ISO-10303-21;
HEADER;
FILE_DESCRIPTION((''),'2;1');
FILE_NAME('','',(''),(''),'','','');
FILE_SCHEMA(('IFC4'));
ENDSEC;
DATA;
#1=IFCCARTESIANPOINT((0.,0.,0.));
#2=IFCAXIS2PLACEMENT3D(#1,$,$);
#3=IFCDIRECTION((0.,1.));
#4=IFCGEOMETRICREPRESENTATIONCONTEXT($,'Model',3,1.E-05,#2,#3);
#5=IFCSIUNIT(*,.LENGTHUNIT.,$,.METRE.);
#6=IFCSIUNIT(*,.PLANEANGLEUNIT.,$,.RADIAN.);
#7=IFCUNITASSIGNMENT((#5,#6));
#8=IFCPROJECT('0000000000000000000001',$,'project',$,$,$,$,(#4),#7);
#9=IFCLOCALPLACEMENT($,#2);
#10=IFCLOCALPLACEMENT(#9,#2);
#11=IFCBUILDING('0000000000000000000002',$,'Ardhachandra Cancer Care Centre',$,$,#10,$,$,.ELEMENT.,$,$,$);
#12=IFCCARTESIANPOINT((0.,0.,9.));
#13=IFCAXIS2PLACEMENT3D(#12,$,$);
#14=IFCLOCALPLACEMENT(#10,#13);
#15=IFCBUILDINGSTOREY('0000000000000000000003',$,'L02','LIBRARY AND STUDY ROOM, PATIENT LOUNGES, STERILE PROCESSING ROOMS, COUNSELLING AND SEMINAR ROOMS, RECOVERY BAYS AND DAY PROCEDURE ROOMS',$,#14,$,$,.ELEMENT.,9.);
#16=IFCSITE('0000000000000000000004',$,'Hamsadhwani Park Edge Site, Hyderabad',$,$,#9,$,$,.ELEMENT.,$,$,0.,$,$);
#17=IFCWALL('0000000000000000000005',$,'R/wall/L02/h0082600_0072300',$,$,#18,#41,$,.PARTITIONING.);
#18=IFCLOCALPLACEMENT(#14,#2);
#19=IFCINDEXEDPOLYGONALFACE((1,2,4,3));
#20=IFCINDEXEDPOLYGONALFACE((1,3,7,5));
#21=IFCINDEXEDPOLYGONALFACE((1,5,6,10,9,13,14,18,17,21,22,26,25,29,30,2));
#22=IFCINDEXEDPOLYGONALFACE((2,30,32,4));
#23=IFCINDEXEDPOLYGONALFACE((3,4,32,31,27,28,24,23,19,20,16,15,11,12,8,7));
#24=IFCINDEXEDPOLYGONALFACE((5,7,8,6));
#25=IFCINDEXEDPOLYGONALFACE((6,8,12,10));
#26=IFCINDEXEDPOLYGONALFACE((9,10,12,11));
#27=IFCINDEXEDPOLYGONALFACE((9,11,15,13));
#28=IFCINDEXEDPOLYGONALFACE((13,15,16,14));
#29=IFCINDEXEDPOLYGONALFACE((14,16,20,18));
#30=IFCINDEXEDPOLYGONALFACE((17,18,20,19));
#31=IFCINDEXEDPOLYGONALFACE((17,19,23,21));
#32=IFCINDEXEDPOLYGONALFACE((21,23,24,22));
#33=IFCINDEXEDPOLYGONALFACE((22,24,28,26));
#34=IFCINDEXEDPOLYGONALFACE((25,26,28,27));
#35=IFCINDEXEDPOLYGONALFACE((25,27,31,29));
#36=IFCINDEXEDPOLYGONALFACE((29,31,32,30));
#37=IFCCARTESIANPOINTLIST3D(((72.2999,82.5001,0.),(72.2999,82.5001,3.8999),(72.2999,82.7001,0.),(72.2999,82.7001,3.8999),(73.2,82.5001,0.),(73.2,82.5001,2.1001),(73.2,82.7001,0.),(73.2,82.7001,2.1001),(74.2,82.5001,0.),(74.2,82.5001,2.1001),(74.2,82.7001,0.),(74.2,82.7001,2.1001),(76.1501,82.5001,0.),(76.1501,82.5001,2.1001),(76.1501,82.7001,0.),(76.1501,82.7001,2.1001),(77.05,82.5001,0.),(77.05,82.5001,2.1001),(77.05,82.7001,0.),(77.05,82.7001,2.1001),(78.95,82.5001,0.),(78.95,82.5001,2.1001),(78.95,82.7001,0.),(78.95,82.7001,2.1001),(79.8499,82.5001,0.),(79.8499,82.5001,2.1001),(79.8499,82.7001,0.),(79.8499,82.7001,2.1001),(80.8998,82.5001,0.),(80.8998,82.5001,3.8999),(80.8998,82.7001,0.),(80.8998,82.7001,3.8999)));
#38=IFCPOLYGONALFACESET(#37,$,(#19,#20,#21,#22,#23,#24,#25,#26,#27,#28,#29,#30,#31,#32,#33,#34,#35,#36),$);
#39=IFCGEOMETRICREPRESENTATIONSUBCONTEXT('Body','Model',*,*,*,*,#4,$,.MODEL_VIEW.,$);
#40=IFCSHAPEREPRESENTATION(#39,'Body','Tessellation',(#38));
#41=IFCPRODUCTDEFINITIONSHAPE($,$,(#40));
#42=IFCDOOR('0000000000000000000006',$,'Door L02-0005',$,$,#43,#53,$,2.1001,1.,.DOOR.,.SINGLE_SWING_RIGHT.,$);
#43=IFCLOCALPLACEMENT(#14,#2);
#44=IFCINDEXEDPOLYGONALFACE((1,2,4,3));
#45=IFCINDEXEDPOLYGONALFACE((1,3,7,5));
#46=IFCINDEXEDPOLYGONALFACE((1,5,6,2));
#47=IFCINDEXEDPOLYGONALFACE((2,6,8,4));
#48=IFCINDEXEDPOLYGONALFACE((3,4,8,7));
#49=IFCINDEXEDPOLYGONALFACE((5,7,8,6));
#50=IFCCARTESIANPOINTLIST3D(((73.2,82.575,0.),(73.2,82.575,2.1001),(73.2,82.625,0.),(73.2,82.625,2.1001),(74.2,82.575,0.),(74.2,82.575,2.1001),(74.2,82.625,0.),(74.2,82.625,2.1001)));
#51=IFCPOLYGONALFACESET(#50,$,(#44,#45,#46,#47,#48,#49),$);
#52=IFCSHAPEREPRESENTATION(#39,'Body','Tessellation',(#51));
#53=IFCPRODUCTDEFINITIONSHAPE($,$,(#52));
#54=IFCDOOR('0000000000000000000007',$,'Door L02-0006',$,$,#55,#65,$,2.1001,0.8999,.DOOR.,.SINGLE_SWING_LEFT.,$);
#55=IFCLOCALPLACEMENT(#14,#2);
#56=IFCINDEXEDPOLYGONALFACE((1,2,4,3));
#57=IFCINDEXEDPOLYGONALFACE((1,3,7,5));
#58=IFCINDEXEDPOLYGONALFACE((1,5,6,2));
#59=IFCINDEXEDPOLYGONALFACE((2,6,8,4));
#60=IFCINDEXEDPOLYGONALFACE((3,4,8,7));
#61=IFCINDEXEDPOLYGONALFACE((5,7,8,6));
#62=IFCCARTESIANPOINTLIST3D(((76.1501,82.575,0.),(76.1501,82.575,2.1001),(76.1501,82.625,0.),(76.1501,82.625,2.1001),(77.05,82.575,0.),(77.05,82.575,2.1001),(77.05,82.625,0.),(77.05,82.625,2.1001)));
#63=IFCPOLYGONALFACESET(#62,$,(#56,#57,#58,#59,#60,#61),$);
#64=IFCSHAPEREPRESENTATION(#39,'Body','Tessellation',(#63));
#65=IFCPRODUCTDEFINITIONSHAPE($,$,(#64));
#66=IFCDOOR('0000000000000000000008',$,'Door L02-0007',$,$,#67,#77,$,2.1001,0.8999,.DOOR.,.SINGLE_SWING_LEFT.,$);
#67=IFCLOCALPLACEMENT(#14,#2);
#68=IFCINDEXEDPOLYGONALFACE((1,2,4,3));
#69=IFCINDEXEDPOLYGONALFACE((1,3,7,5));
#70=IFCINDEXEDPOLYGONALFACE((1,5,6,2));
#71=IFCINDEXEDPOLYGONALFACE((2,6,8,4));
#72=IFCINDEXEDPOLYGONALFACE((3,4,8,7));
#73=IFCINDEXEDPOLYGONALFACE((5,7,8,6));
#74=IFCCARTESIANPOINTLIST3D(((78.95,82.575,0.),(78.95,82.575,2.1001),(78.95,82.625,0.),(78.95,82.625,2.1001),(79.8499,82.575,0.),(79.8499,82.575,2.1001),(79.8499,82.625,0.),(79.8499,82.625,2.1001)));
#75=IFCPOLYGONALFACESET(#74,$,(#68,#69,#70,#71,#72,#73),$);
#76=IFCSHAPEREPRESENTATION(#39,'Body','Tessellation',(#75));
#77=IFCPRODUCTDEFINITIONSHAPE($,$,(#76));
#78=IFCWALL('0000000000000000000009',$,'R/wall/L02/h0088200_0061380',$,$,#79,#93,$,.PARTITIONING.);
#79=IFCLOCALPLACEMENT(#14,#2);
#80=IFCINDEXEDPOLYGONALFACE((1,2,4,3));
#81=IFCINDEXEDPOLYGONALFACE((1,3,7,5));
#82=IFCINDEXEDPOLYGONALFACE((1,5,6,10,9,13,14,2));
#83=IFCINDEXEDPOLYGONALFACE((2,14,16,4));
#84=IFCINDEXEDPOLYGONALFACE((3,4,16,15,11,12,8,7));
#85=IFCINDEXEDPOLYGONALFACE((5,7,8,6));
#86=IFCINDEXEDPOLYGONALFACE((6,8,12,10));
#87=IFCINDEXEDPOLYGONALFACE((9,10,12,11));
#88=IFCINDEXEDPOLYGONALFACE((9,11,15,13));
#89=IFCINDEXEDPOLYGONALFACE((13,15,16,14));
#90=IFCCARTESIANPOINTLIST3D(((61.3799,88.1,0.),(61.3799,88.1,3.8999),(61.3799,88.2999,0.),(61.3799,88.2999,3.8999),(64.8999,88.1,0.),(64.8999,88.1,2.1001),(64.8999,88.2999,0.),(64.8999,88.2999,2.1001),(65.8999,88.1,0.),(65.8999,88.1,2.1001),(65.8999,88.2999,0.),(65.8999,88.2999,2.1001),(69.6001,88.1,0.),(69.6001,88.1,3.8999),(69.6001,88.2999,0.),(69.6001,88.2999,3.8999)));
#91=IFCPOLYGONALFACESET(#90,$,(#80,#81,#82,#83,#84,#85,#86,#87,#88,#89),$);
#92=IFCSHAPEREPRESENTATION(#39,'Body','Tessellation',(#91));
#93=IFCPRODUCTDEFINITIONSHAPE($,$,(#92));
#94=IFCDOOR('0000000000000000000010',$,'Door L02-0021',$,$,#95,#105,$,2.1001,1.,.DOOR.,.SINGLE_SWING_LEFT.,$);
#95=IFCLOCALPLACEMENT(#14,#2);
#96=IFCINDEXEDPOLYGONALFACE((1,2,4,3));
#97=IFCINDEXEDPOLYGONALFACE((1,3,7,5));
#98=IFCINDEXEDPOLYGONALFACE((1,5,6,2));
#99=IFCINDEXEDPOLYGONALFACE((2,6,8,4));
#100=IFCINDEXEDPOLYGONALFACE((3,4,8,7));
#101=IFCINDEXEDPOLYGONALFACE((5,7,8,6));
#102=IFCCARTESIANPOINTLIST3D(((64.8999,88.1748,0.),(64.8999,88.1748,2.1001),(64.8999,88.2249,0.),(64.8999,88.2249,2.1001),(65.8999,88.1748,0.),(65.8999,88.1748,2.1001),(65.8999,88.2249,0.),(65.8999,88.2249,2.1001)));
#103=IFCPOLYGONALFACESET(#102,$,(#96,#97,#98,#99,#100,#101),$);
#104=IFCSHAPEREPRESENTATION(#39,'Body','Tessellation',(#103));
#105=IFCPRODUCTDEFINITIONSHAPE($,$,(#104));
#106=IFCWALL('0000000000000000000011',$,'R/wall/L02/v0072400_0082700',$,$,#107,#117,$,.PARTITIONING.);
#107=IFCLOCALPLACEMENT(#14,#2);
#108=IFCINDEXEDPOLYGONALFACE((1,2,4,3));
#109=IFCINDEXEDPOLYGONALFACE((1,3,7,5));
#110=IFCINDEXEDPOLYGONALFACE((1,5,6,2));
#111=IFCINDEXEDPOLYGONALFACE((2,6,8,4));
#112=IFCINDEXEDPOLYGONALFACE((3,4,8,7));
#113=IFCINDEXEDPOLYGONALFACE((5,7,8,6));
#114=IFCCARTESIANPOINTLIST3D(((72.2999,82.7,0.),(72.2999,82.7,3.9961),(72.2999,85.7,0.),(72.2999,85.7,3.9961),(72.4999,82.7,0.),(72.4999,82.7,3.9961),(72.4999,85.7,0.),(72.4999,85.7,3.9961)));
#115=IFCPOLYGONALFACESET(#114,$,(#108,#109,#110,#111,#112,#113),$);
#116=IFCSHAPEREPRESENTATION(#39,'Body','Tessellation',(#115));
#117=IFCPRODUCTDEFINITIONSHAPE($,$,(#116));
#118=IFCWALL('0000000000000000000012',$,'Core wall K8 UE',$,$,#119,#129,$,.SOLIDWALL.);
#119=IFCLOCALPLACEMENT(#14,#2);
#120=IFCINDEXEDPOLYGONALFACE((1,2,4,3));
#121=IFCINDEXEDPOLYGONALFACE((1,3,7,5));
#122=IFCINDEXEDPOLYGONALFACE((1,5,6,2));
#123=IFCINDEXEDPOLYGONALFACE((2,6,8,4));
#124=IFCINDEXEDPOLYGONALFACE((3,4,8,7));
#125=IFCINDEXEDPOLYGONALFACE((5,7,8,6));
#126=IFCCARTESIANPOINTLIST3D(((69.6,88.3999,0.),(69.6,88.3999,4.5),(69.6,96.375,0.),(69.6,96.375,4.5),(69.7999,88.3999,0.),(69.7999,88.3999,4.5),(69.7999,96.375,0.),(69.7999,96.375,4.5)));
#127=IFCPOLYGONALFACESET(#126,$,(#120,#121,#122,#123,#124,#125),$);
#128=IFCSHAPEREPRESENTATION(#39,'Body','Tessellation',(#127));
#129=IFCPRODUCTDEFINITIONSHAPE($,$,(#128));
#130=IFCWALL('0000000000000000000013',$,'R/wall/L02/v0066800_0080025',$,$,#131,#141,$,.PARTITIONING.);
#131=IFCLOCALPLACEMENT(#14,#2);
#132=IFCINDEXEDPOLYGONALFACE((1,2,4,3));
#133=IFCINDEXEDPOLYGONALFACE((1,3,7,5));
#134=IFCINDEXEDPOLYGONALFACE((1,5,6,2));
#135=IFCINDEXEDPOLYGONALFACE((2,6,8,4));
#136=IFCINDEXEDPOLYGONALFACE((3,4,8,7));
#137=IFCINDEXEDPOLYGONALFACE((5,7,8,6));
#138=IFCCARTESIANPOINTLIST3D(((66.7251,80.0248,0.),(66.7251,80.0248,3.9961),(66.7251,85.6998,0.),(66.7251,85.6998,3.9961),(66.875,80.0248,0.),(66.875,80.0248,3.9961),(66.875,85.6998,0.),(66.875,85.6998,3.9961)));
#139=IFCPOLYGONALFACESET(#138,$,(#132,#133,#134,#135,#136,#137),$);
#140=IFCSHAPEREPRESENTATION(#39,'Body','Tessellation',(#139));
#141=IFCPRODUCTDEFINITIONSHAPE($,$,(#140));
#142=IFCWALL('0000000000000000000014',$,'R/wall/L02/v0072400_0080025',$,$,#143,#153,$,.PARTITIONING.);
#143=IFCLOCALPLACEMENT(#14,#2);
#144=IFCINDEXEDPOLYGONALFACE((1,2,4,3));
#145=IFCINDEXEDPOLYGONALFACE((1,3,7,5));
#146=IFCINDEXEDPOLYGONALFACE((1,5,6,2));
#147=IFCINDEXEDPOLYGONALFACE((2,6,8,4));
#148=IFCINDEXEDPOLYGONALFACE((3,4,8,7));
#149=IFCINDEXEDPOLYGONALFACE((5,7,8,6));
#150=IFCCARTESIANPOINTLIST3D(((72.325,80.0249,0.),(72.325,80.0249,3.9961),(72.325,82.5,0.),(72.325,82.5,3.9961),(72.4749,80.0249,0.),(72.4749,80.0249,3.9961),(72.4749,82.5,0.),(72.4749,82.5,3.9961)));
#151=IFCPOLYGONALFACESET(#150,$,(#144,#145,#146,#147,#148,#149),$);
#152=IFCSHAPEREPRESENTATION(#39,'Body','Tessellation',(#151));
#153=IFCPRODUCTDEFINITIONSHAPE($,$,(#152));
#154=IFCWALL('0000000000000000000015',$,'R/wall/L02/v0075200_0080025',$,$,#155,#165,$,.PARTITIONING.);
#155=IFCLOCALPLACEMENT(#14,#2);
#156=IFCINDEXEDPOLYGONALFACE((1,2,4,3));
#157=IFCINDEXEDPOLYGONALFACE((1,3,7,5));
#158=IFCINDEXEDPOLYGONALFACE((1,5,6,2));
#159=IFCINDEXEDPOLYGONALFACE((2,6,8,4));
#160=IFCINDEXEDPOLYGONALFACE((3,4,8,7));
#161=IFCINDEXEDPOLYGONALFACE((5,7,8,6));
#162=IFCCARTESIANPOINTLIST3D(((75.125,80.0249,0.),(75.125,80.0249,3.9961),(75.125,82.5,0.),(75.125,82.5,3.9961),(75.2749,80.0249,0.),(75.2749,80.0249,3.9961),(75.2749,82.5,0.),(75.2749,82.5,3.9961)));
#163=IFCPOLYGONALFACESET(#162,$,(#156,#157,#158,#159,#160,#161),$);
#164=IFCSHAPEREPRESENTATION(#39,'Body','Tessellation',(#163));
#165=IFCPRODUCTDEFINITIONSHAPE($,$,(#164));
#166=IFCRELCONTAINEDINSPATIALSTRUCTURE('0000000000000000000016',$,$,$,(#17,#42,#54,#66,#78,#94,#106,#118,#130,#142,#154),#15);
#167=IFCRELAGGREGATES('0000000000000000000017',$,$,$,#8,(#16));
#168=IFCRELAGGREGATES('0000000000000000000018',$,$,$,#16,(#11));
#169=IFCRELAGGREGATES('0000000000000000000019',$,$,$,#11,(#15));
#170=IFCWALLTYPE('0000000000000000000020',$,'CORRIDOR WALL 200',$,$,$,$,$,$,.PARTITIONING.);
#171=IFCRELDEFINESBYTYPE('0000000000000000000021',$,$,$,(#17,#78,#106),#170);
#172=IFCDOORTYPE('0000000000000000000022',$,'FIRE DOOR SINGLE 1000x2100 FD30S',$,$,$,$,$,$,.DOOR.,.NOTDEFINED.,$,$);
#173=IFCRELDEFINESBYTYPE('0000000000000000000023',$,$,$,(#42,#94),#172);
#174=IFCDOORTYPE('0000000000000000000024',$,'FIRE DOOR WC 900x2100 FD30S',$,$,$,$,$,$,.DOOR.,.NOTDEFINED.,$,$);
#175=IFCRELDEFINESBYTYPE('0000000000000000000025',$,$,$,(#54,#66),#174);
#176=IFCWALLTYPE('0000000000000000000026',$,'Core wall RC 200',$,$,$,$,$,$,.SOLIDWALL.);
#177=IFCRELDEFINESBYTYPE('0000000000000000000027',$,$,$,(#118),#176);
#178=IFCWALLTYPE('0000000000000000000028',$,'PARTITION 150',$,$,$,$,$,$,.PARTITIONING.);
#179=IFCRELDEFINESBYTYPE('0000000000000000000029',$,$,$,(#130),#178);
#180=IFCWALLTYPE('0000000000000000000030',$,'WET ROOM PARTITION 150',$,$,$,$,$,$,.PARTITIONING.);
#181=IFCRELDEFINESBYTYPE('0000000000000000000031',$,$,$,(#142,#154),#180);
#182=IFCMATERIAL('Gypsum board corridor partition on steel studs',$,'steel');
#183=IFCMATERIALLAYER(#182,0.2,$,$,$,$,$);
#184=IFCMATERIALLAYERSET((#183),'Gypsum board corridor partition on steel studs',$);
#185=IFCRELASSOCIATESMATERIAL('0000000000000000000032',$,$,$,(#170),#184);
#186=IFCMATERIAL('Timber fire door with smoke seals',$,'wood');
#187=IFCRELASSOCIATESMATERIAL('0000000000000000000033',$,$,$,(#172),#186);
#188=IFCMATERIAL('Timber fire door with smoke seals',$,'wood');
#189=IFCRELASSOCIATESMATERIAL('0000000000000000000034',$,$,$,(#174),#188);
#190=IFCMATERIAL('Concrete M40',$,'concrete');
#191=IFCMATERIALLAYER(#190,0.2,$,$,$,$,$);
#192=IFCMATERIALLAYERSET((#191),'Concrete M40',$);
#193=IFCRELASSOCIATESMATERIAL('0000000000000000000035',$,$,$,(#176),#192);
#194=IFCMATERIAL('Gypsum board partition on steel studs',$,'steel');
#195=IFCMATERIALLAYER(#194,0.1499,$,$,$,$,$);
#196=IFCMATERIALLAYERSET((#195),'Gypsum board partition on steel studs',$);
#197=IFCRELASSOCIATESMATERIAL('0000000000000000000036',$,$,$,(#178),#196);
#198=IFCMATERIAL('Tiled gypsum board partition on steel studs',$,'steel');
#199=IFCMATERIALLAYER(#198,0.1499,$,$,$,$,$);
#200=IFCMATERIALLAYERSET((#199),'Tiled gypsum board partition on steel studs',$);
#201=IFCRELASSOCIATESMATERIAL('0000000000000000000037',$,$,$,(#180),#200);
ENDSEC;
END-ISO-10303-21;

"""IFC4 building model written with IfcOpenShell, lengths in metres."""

from ifc_helpers import new_model, si_unit, direction, frame, frame_2d, origin, place, context, subcontext, project, spatial, rectangle, extrude, material, layer, layer_set, type_object, element, fill, save


model = new_model("IFC4")

# Units and contexts
model_context = context("Model", 3, precision=1e-05, world=origin(), true_north=direction((0.0, 1.0)))
body_context = subcontext(model_context, "Body", "Model", "MODEL_VIEW")
ifc_project = project(units=[si_unit("LENGTHUNIT", "METRE"), si_unit("PLANEANGLEUNIT", "RADIAN")], contexts=[model_context])

# Site, building, storey
site_placement = place(None, origin())
site = spatial("IfcSite", under=ifc_project, at=site_placement, Name="Hamsadhwani Park Edge Site, Hyderabad", CompositionType="ELEMENT", RefElevation=0.0)
building_placement = place(site_placement, origin())
building = spatial("IfcBuilding", under=site, at=building_placement, Name="Ardhachandra Cancer Care Centre", CompositionType="ELEMENT")
storey_placement = place(building_placement, frame((0.0, 0.0, 9.0)))
storey = spatial("IfcBuildingStorey", under=building, at=storey_placement, Name="L02", Description="LIBRARY AND STUDY ROOM, PATIENT LOUNGES, STERILE PROCESSING ROOMS, COUNSELLING AND SEMINAR ROOMS, RECOVERY BAYS AND DAY PROCEDURE ROOMS", CompositionType="ELEMENT", Elevation=9.0)

# Wall, openings, doors
ifc_material_1 = material(Name="Gypsum board corridor partition on steel studs", Category="steel")
ifc_layer_1 = layer(ifc_material_1, 0.2)
ifc_layer_set_1 = layer_set([ifc_layer_1], Name="Gypsum board corridor partition on steel studs")
wall_type_1 = type_object("IfcWallType", Name="CORRIDOR WALL 200", PredefinedType="PARTITIONING", material=ifc_layer_set_1)
wall_1_placement = place(storey_placement, frame((72.3, 82.6001, 0.0), z_axis=(0.0, 0.0, 1.0), x_axis=(1.0, 0.0, 0.0)))
wall_1 = element("IfcWall", 1, at=wall_1_placement, inside=storey, type_object=wall_type_1, Name="R/wall/L02/h0082600_0072300", PredefinedType="PARTITIONING", context=body_context, shape_type="SweptSolid", body=[
    extrude(rectangle(XDim=8.5999, YDim=0.2, at=frame_2d((4.2998, 0.0))), origin(), (0.0, 0.0, 1.0), 3.8999),
])
opening_1_placement = place(wall_1_placement, frame((0.8999, 0.0, 0.0)))
opening_1 = element("IfcOpeningElement", 2, at=opening_1_placement, cuts=wall_1, PredefinedType="OPENING", context=body_context, shape_type="SweptSolid", body=[
    extrude(rectangle(XDim=1.0, YDim=2.1001, at=frame_2d((0.5, 1.05))), frame((0.0, 0.1099, 0.0), z_axis=(0.0, -1.0, 0.0), x_axis=(1.0, 0.0, 0.0)), (0.0, 0.0, 1.0), 0.22),
])
opening_2_placement = place(wall_1_placement, frame((3.8501, 0.0, 0.0)))
opening_2 = element("IfcOpeningElement", 3, at=opening_2_placement, cuts=wall_1, PredefinedType="OPENING", context=body_context, shape_type="SweptSolid", body=[
    extrude(rectangle(XDim=0.8999, YDim=2.1001, at=frame_2d((0.45, 1.05))), frame((0.0, 0.1099, 0.0), z_axis=(0.0, -1.0, 0.0), x_axis=(1.0, 0.0, 0.0)), (0.0, 0.0, 1.0), 0.22),
])
opening_3_placement = place(wall_1_placement, frame((6.6499, 0.0, 0.0)))
opening_3 = element("IfcOpeningElement", 4, at=opening_3_placement, cuts=wall_1, PredefinedType="OPENING", context=body_context, shape_type="SweptSolid", body=[
    extrude(rectangle(XDim=0.8999, YDim=2.1001, at=frame_2d((0.45, 1.05))), frame((0.0, 0.1099, 0.0), z_axis=(0.0, -1.0, 0.0), x_axis=(1.0, 0.0, 0.0)), (0.0, 0.0, 1.0), 0.22),
])
ifc_material_2 = material(Name="Timber fire door with smoke seals", Category="wood")
door_type_1 = type_object("IfcDoorType", Name="FIRE DOOR SINGLE 1000x2100 FD30S", OperationType="NOTDEFINED", PredefinedType="DOOR", material=ifc_material_2)
door_1_placement = place(opening_1_placement, origin())
door_1 = element("IfcDoor", 5, at=door_1_placement, inside=storey, type_object=door_type_1, Name="Door L02-0005", OperationType="SINGLE_SWING_RIGHT", OverallHeight=2.1001, OverallWidth=1.0, PredefinedType="DOOR", context=body_context, shape_type="SweptSolid", body=[
    extrude(rectangle(XDim=1.0, YDim=2.1001, at=frame_2d((0.5, 1.05))), frame((0.0, 0.0249, 0.0), z_axis=(0.0, -1.0, 0.0), x_axis=(1.0, 0.0, 0.0)), (0.0, 0.0, 1.0), 0.05),
])
fill(opening_1, door_1)
ifc_material_3 = material(Name="Timber fire door with smoke seals", Category="wood")
door_type_2 = type_object("IfcDoorType", Name="FIRE DOOR WC 900x2100 FD30S", OperationType="NOTDEFINED", PredefinedType="DOOR", material=ifc_material_3)
door_2_placement = place(opening_2_placement, origin())
door_2 = element("IfcDoor", 6, at=door_2_placement, inside=storey, type_object=door_type_2, Name="Door L02-0006", OperationType="SINGLE_SWING_LEFT", OverallHeight=2.1001, OverallWidth=0.8999, PredefinedType="DOOR", context=body_context, shape_type="SweptSolid", body=[
    extrude(rectangle(XDim=0.8999, YDim=2.1001, at=frame_2d((0.45, 1.05))), frame((0.0, 0.0249, 0.0), z_axis=(0.0, -1.0, 0.0), x_axis=(1.0, 0.0, 0.0)), (0.0, 0.0, 1.0), 0.05),
])
fill(opening_2, door_2)
door_3_placement = place(opening_3_placement, origin())
door_3 = element("IfcDoor", 7, at=door_3_placement, inside=storey, type_object=door_type_2, Name="Door L02-0007", OperationType="SINGLE_SWING_LEFT", OverallHeight=2.1001, OverallWidth=0.8999, PredefinedType="DOOR", context=body_context, shape_type="SweptSolid", body=[
    extrude(rectangle(XDim=0.8999, YDim=2.1001, at=frame_2d((0.45, 1.05))), frame((0.0, 0.0249, 0.0), z_axis=(0.0, -1.0, 0.0), x_axis=(1.0, 0.0, 0.0)), (0.0, 0.0, 1.0), 0.05),
])
fill(opening_3, door_3)

# Wall, opening, door
wall_2_placement = place(storey_placement, frame((61.3799, 88.2, 0.0), z_axis=(0.0, 0.0, 1.0), x_axis=(1.0, 0.0, 0.0)))
wall_2 = element("IfcWall", 8, at=wall_2_placement, inside=storey, type_object=wall_type_1, Name="R/wall/L02/h0088200_0061380", PredefinedType="PARTITIONING", context=body_context, shape_type="SweptSolid", body=[
    extrude(rectangle(XDim=8.2202, YDim=0.2, at=frame_2d((4.1101, 0.0))), origin(), (0.0, 0.0, 1.0), 3.8999),
])
opening_4_placement = place(wall_2_placement, frame((3.52, 0.0, 0.0)))
opening_4 = element("IfcOpeningElement", 9, at=opening_4_placement, cuts=wall_2, PredefinedType="OPENING", context=body_context, shape_type="SweptSolid", body=[
    extrude(rectangle(XDim=1.0, YDim=2.1001, at=frame_2d((0.5, 1.05))), frame((0.0, 0.1099, 0.0), z_axis=(0.0, -1.0, 0.0), x_axis=(1.0, 0.0, 0.0)), (0.0, 0.0, 1.0), 0.22),
])
door_4_placement = place(opening_4_placement, origin())
door_4 = element("IfcDoor", 10, at=door_4_placement, inside=storey, type_object=door_type_1, Name="Door L02-0021", OperationType="SINGLE_SWING_LEFT", OverallHeight=2.1001, OverallWidth=1.0, PredefinedType="DOOR", context=body_context, shape_type="SweptSolid", body=[
    extrude(rectangle(XDim=1.0, YDim=2.1001, at=frame_2d((0.5, 1.05))), frame((0.0, 0.0249, 0.0), z_axis=(0.0, -1.0, 0.0), x_axis=(1.0, 0.0, 0.0)), (0.0, 0.0, 1.0), 0.05),
])
fill(opening_4, door_4)

# Walls
wall_3_placement = place(storey_placement, frame((72.3999, 82.7, 0.0), z_axis=(0.0, 0.0, 1.0), x_axis=(0.0, 1.0, 0.0)))
element("IfcWall", 11, at=wall_3_placement, inside=storey, type_object=wall_type_1, Name="R/wall/L02/v0072400_0082700", PredefinedType="PARTITIONING", context=body_context, shape_type="SweptSolid", body=[
    extrude(rectangle(XDim=3.0, YDim=0.2, at=frame_2d((1.5, 0.0))), origin(), (0.0, 0.0, 1.0), 3.9961),
])
ifc_material_4 = material(Name="Concrete M40", Category="concrete")
ifc_layer_2 = layer(ifc_material_4, 0.2)
ifc_layer_set_2 = layer_set([ifc_layer_2], Name="Concrete M40")
wall_type_2 = type_object("IfcWallType", Name="Core wall RC 200", PredefinedType="SOLIDWALL", material=ifc_layer_set_2)
wall_4_placement = place(storey_placement, frame((69.7, 88.3999, 0.0), z_axis=(0.0, 0.0, 1.0), x_axis=(0.0, 1.0, 0.0)))
element("IfcWall", 12, at=wall_4_placement, inside=storey, type_object=wall_type_2, Name="Core wall K8 UE", PredefinedType="SOLIDWALL", context=body_context, shape_type="SweptSolid", body=[
    extrude(rectangle(XDim=7.9751, YDim=0.2, at=frame_2d((3.9875, 0.0))), origin(), (0.0, 0.0, 1.0), 4.5),
])
ifc_material_5 = material(Name="Gypsum board partition on steel studs", Category="steel")
ifc_layer_3 = layer(ifc_material_5, 0.1499)
ifc_layer_set_3 = layer_set([ifc_layer_3], Name="Gypsum board partition on steel studs")
wall_type_3 = type_object("IfcWallType", Name="PARTITION 150", PredefinedType="PARTITIONING", material=ifc_layer_set_3)
wall_5_placement = place(storey_placement, frame((66.8, 80.0249, 0.0), z_axis=(0.0, 0.0, 1.0), x_axis=(0.0, 1.0, 0.0)))
element("IfcWall", 13, at=wall_5_placement, inside=storey, type_object=wall_type_3, Name="R/wall/L02/v0066800_0080025", PredefinedType="PARTITIONING", context=body_context, shape_type="SweptSolid", body=[
    extrude(rectangle(XDim=5.675, YDim=0.1499, at=frame_2d((2.8374, 0.0))), origin(), (0.0, 0.0, 1.0), 3.9961),
])
ifc_material_6 = material(Name="Tiled gypsum board partition on steel studs", Category="steel")
ifc_layer_4 = layer(ifc_material_6, 0.1499)
ifc_layer_set_4 = layer_set([ifc_layer_4], Name="Tiled gypsum board partition on steel studs")
wall_type_4 = type_object("IfcWallType", Name="WET ROOM PARTITION 150", PredefinedType="PARTITIONING", material=ifc_layer_set_4)
for number, where, z_axis, x_axis, name in (
    (14, (72.3999, 80.0249, 0.0), (0.0, 0.0, 1.0), (0.0, 1.0, 0.0), "R/wall/L02/v0072400_0080025"),
    (15, (75.2, 80.0249, 0.0), (0.0, 0.0, 1.0), (0.0, 1.0, 0.0), "R/wall/L02/v0075200_0080025"),
):
    element("IfcWall", number, at=place(storey_placement, frame(where, z_axis=z_axis, x_axis=x_axis)), inside=storey, type_object=wall_type_4, Name=name, PredefinedType="PARTITIONING", context=body_context, shape_type="SweptSolid", body=[
        extrude(rectangle(XDim=2.4751, YDim=0.1499, at=frame_2d((1.2375, 0.0))), origin(), (0.0, 0.0, 1.0), 3.9961),
    ])

save(model, "model.ifc")
